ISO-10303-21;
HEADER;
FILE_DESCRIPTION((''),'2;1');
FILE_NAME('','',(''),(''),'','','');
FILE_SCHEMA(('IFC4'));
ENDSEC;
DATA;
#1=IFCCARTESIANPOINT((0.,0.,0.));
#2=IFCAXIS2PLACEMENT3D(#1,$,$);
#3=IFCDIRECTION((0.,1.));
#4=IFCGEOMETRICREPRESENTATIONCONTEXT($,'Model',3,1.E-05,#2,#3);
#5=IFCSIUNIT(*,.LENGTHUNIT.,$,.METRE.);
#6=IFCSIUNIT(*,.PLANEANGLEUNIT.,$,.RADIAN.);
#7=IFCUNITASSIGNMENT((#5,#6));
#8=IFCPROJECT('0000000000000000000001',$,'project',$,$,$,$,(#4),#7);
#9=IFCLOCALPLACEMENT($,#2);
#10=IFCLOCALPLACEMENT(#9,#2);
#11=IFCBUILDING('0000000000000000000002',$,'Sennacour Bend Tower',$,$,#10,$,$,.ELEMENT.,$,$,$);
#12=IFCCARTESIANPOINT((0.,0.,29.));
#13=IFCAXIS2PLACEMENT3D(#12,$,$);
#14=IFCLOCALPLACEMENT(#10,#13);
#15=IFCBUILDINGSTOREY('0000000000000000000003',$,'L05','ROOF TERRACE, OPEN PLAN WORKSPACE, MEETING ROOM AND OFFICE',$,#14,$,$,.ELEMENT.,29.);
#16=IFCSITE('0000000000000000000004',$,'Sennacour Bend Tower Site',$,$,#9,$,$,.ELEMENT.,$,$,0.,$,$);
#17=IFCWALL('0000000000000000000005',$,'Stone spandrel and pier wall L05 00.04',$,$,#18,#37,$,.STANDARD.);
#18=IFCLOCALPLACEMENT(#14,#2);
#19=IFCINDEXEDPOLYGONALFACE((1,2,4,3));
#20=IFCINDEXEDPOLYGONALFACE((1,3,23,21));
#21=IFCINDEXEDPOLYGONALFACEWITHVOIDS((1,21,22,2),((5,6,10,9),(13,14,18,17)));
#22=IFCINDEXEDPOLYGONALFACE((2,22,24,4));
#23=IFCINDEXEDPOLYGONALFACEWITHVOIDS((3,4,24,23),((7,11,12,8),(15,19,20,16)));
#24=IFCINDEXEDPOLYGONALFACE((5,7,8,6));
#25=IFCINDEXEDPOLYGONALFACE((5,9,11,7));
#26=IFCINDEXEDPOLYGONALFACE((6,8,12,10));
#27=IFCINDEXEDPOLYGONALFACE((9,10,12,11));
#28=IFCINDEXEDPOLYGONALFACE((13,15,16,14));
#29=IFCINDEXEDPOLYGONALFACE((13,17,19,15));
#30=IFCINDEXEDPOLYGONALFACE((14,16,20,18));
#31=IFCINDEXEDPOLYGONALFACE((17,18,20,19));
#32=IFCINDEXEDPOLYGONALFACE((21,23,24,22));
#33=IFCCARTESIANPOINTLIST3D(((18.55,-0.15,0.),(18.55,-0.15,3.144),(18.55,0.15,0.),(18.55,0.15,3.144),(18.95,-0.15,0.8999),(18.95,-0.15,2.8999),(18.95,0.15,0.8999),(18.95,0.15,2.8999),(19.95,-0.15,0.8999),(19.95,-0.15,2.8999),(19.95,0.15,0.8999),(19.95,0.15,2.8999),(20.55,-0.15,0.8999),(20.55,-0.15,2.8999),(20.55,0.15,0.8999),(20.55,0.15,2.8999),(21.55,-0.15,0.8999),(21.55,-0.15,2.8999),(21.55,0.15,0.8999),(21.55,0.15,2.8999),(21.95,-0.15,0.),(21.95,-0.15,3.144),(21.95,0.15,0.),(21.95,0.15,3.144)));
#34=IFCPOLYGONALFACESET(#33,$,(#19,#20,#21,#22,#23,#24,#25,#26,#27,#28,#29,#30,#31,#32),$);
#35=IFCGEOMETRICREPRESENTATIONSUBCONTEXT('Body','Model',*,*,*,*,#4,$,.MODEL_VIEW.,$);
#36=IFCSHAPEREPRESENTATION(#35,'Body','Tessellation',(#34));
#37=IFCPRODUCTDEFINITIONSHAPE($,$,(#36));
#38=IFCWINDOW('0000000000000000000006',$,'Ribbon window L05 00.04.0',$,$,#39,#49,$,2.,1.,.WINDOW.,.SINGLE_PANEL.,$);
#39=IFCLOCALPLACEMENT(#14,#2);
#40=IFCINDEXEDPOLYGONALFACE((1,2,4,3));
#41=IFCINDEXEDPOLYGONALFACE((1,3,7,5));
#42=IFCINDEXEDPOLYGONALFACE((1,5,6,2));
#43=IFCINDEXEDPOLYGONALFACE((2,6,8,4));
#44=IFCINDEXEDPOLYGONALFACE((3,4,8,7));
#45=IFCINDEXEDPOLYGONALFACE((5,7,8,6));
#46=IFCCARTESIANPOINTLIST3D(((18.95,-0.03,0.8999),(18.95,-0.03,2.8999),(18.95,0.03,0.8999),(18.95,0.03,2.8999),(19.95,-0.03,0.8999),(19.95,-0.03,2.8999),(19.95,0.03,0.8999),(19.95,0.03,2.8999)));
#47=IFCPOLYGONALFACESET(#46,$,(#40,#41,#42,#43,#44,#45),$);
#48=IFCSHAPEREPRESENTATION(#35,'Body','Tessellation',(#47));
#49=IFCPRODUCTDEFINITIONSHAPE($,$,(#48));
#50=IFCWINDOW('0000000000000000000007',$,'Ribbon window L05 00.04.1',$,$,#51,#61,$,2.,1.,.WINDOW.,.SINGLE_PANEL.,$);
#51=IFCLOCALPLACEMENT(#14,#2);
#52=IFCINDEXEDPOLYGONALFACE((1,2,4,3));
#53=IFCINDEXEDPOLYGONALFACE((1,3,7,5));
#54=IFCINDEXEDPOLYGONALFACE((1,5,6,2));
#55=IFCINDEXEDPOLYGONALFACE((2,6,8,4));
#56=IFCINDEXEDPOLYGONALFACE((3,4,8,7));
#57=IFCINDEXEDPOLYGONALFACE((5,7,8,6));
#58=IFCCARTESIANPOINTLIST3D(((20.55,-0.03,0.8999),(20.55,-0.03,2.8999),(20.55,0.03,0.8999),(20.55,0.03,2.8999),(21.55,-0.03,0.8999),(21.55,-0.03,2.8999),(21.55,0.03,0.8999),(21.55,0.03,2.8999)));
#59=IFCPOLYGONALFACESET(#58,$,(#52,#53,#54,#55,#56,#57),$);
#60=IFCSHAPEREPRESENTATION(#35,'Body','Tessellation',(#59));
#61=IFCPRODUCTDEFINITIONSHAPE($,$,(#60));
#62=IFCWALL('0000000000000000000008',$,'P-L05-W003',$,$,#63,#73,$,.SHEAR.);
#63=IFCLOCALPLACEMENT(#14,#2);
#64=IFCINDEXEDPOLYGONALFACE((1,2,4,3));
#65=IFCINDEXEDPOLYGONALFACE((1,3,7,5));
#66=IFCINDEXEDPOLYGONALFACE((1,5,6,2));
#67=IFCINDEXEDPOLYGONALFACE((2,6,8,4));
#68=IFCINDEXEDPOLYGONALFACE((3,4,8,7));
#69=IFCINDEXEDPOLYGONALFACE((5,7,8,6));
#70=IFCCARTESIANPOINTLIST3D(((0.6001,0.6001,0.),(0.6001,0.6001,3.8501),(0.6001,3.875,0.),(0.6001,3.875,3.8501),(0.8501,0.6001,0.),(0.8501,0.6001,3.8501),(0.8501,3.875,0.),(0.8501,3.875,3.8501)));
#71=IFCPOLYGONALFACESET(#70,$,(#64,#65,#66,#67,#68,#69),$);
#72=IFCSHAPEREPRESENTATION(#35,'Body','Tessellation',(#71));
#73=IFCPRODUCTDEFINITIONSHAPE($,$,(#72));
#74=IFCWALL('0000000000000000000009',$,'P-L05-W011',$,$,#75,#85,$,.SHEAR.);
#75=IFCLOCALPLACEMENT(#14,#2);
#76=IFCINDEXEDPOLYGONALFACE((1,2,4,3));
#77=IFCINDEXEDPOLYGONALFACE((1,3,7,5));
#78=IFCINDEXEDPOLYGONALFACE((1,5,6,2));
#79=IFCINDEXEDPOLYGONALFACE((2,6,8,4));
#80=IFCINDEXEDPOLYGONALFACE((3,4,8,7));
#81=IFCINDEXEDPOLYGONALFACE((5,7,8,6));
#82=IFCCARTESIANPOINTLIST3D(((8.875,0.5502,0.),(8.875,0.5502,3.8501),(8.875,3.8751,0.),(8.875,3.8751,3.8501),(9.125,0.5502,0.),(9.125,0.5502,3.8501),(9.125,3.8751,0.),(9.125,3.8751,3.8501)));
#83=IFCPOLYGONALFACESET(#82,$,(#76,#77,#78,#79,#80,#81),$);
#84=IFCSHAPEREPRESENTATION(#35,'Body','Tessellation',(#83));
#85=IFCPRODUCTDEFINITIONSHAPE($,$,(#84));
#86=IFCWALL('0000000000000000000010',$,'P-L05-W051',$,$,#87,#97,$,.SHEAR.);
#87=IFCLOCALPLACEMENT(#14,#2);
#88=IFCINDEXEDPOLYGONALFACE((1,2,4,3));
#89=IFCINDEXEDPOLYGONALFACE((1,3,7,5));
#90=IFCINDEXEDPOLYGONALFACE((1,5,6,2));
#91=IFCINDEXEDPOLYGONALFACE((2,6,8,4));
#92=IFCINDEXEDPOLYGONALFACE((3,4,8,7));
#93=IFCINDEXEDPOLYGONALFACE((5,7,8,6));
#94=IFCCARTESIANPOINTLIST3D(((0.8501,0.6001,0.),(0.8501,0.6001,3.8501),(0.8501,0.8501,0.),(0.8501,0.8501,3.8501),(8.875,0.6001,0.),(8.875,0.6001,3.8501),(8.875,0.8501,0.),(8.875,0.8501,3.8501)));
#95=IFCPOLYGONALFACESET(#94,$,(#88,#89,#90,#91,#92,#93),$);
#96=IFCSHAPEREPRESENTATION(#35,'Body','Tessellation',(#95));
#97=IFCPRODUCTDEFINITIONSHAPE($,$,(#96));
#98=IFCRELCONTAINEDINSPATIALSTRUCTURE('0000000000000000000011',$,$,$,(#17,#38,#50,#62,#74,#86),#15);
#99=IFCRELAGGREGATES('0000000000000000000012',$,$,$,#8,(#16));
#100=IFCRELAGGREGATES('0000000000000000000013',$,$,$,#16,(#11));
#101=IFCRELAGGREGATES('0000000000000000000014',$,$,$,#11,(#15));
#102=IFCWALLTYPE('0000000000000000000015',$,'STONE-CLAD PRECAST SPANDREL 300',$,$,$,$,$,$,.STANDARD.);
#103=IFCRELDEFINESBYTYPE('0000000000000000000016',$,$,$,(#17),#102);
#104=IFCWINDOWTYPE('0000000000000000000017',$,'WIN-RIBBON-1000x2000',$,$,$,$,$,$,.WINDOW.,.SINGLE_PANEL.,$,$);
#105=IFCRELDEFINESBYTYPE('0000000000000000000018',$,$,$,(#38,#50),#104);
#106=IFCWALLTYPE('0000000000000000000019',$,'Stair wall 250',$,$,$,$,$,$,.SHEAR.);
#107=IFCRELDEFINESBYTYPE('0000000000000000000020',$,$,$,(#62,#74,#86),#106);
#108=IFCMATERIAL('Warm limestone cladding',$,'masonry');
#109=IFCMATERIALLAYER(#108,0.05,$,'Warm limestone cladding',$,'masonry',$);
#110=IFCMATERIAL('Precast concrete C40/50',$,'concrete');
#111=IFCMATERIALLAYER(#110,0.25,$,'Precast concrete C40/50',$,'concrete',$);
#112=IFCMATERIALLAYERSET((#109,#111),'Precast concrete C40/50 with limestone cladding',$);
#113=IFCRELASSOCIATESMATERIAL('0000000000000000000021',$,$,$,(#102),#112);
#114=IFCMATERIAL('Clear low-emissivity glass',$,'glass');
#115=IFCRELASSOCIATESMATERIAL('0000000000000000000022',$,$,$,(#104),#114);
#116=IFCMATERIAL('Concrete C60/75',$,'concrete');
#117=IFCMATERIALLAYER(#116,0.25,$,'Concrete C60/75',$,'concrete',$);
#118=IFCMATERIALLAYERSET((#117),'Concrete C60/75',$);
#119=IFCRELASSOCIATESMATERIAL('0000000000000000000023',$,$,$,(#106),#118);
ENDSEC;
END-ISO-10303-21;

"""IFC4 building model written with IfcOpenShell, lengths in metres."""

from ifc_helpers import new_model, si_unit, direction, frame, frame_2d, origin, place, context, subcontext, project, spatial, rectangle, extrude, material, layer, layer_set, type_object, element, fill, save


model = new_model("IFC4")

# Units and contexts
model_context = context("Model", 3, precision=1e-05, world=origin(), true_north=direction((0.0, 1.0)))
body_context = subcontext(model_context, "Body", "Model", "MODEL_VIEW")
ifc_project = project(units=[si_unit("LENGTHUNIT", "METRE"), si_unit("PLANEANGLEUNIT", "RADIAN")], contexts=[model_context])

# Site, building, storey
site_placement = place(None, origin())
site = spatial("IfcSite", under=ifc_project, at=site_placement, Name="Sennacour Bend Tower Site", CompositionType="ELEMENT", RefElevation=0.0)
building_placement = place(site_placement, origin())
building = spatial("IfcBuilding", under=site, at=building_placement, Name="Sennacour Bend Tower", CompositionType="ELEMENT")
storey_placement = place(building_placement, frame((0.0, 0.0, 29.0)))
storey = spatial("IfcBuildingStorey", under=building, at=storey_placement, Name="L05", Description="ROOF TERRACE, OPEN PLAN WORKSPACE, MEETING ROOM AND OFFICE", CompositionType="ELEMENT", Elevation=29.0)

# Wall, openings, windows
ifc_material_1 = material(Name="Warm limestone cladding", Category="masonry")
ifc_layer_1 = layer(ifc_material_1, 0.05, Name="Warm limestone cladding", Category="masonry")
ifc_material_2 = material(Name="Precast concrete C40/50", Category="concrete")
ifc_layer_2 = layer(ifc_material_2, 0.25, Name="Precast concrete C40/50", Category="concrete")
ifc_layer_set_1 = layer_set([ifc_layer_1, ifc_layer_2], Name="Precast concrete C40/50 with limestone cladding")
wall_type_1 = type_object("IfcWallType", Name="STONE-CLAD PRECAST SPANDREL 300", PredefinedType="STANDARD", material=ifc_layer_set_1)
ifc_material_3 = material(Name="Clear low-emissivity glass", Category="glass")
window_type = type_object("IfcWindowType", Name="WIN-RIBBON-1000x2000", PartitioningType="SINGLE_PANEL", PredefinedType="WINDOW", material=ifc_material_3)
wall_1_placement = place(storey_placement, frame((18.55, 0.0, 0.0), z_axis=(0.0, 0.0, 1.0), x_axis=(1.0, 0.0, 0.0)))
wall_1 = element("IfcWall", 1, at=wall_1_placement, inside=storey, type_object=wall_type_1, Name="Stone spandrel and pier wall L05 00.04", PredefinedType="STANDARD", context=body_context, shape_type="SweptSolid", body=[
    extrude(rectangle(XDim=3.3999, YDim=0.3, at=frame_2d((1.7, 0.0))), origin(), (0.0, 0.0, 1.0), 3.144),
])
opening_1_placement = place(wall_1_placement, frame((0.3999, 0.0, 0.8999)))
opening_1 = element("IfcOpeningElement", 2, at=opening_1_placement, cuts=wall_1, PredefinedType="OPENING", context=body_context, shape_type="SweptSolid", body=[
    extrude(rectangle(XDim=1.0, YDim=2.0, at=frame_2d((0.5, 1.0))), frame((0.0, 0.1602, 0.0), z_axis=(0.0, -1.0, 0.0), x_axis=(1.0, 0.0, 0.0)), (0.0, 0.0, 1.0), 0.3201),
])
opening_2_placement = place(wall_1_placement, frame((2.0, 0.0, 0.8999)))
opening_2 = element("IfcOpeningElement", 3, at=opening_2_placement, cuts=wall_1, PredefinedType="OPENING", context=body_context, shape_type="SweptSolid", body=[
    extrude(rectangle(XDim=1.0, YDim=2.0, at=frame_2d((0.5, 1.0))), frame((0.0, 0.1602, 0.0), z_axis=(0.0, -1.0, 0.0), x_axis=(1.0, 0.0, 0.0)), (0.0, 0.0, 1.0), 0.3201),
])
window_1_placement = place(opening_1_placement, origin())
window_1 = element("IfcWindow", 4, at=window_1_placement, inside=storey, type_object=window_type, Name="Ribbon window L05 00.04.0", OverallHeight=2.0, OverallWidth=1.0, PartitioningType="SINGLE_PANEL", PredefinedType="WINDOW", context=body_context, shape_type="SweptSolid", body=[
    extrude(rectangle(XDim=1.0, YDim=2.0, at=frame_2d((0.5, 1.0))), frame((0.0, 0.03, 0.0), z_axis=(0.0, -1.0, 0.0), x_axis=(1.0, 0.0, 0.0)), (0.0, 0.0, 1.0), 0.0601),
])
fill(opening_1, window_1)
window_2_placement = place(opening_2_placement, origin())
window_2 = element("IfcWindow", 5, at=window_2_placement, inside=storey, type_object=window_type, Name="Ribbon window L05 00.04.1", OverallHeight=2.0, OverallWidth=1.0, PartitioningType="SINGLE_PANEL", PredefinedType="WINDOW", context=body_context, shape_type="SweptSolid", body=[
    extrude(rectangle(XDim=1.0, YDim=2.0, at=frame_2d((0.5, 1.0))), frame((0.0, 0.03, 0.0), z_axis=(0.0, -1.0, 0.0), x_axis=(1.0, 0.0, 0.0)), (0.0, 0.0, 1.0), 0.0601),
])
fill(opening_2, window_2)

# Walls
ifc_material_4 = material(Name="Concrete C60/75", Category="concrete")
ifc_layer_3 = layer(ifc_material_4, 0.25, Name="Concrete C60/75", Category="concrete")
ifc_layer_set_2 = layer_set([ifc_layer_3], Name="Concrete C60/75")
wall_type_2 = type_object("IfcWallType", Name="Stair wall 250", PredefinedType="SHEAR", material=ifc_layer_set_2)
wall_2_placement = place(storey_placement, frame((0.7251, 0.6001, 0.0), z_axis=(0.0, 0.0, 1.0), x_axis=(0.0, 1.0, 0.0)))
element("IfcWall", 6, at=wall_2_placement, inside=storey, type_object=wall_type_2, Name="P-L05-W003", PredefinedType="SHEAR", context=body_context, shape_type="SweptSolid", body=[
    extrude(rectangle(XDim=3.2749, YDim=0.25, at=frame_2d((1.6375, 0.0))), origin(), (0.0, 0.0, 1.0), 3.8501),
])
wall_3_placement = place(storey_placement, frame((9.0, 0.55, 0.0), z_axis=(0.0, 0.0, 1.0), x_axis=(0.0, 1.0, 0.0)))
element("IfcWall", 7, at=wall_3_placement, inside=storey, type_object=wall_type_2, Name="P-L05-W011", PredefinedType="SHEAR", context=body_context, shape_type="SweptSolid", body=[
    extrude(rectangle(XDim=3.325, YDim=0.25, at=frame_2d((1.6626, 0.0))), origin(), (0.0, 0.0, 1.0), 3.8501),
])
wall_4_placement = place(storey_placement, frame((0.8501, 0.7251, 0.0), z_axis=(0.0, 0.0, 1.0), x_axis=(1.0, 0.0, 0.0)))
element("IfcWall", 8, at=wall_4_placement, inside=storey, type_object=wall_type_2, Name="P-L05-W051", PredefinedType="SHEAR", context=body_context, shape_type="SweptSolid", body=[
    extrude(rectangle(XDim=8.0249, YDim=0.25, at=frame_2d((4.0125, 0.0))), origin(), (0.0, 0.0, 1.0), 3.8501),
])

save(model, "model.ifc")
